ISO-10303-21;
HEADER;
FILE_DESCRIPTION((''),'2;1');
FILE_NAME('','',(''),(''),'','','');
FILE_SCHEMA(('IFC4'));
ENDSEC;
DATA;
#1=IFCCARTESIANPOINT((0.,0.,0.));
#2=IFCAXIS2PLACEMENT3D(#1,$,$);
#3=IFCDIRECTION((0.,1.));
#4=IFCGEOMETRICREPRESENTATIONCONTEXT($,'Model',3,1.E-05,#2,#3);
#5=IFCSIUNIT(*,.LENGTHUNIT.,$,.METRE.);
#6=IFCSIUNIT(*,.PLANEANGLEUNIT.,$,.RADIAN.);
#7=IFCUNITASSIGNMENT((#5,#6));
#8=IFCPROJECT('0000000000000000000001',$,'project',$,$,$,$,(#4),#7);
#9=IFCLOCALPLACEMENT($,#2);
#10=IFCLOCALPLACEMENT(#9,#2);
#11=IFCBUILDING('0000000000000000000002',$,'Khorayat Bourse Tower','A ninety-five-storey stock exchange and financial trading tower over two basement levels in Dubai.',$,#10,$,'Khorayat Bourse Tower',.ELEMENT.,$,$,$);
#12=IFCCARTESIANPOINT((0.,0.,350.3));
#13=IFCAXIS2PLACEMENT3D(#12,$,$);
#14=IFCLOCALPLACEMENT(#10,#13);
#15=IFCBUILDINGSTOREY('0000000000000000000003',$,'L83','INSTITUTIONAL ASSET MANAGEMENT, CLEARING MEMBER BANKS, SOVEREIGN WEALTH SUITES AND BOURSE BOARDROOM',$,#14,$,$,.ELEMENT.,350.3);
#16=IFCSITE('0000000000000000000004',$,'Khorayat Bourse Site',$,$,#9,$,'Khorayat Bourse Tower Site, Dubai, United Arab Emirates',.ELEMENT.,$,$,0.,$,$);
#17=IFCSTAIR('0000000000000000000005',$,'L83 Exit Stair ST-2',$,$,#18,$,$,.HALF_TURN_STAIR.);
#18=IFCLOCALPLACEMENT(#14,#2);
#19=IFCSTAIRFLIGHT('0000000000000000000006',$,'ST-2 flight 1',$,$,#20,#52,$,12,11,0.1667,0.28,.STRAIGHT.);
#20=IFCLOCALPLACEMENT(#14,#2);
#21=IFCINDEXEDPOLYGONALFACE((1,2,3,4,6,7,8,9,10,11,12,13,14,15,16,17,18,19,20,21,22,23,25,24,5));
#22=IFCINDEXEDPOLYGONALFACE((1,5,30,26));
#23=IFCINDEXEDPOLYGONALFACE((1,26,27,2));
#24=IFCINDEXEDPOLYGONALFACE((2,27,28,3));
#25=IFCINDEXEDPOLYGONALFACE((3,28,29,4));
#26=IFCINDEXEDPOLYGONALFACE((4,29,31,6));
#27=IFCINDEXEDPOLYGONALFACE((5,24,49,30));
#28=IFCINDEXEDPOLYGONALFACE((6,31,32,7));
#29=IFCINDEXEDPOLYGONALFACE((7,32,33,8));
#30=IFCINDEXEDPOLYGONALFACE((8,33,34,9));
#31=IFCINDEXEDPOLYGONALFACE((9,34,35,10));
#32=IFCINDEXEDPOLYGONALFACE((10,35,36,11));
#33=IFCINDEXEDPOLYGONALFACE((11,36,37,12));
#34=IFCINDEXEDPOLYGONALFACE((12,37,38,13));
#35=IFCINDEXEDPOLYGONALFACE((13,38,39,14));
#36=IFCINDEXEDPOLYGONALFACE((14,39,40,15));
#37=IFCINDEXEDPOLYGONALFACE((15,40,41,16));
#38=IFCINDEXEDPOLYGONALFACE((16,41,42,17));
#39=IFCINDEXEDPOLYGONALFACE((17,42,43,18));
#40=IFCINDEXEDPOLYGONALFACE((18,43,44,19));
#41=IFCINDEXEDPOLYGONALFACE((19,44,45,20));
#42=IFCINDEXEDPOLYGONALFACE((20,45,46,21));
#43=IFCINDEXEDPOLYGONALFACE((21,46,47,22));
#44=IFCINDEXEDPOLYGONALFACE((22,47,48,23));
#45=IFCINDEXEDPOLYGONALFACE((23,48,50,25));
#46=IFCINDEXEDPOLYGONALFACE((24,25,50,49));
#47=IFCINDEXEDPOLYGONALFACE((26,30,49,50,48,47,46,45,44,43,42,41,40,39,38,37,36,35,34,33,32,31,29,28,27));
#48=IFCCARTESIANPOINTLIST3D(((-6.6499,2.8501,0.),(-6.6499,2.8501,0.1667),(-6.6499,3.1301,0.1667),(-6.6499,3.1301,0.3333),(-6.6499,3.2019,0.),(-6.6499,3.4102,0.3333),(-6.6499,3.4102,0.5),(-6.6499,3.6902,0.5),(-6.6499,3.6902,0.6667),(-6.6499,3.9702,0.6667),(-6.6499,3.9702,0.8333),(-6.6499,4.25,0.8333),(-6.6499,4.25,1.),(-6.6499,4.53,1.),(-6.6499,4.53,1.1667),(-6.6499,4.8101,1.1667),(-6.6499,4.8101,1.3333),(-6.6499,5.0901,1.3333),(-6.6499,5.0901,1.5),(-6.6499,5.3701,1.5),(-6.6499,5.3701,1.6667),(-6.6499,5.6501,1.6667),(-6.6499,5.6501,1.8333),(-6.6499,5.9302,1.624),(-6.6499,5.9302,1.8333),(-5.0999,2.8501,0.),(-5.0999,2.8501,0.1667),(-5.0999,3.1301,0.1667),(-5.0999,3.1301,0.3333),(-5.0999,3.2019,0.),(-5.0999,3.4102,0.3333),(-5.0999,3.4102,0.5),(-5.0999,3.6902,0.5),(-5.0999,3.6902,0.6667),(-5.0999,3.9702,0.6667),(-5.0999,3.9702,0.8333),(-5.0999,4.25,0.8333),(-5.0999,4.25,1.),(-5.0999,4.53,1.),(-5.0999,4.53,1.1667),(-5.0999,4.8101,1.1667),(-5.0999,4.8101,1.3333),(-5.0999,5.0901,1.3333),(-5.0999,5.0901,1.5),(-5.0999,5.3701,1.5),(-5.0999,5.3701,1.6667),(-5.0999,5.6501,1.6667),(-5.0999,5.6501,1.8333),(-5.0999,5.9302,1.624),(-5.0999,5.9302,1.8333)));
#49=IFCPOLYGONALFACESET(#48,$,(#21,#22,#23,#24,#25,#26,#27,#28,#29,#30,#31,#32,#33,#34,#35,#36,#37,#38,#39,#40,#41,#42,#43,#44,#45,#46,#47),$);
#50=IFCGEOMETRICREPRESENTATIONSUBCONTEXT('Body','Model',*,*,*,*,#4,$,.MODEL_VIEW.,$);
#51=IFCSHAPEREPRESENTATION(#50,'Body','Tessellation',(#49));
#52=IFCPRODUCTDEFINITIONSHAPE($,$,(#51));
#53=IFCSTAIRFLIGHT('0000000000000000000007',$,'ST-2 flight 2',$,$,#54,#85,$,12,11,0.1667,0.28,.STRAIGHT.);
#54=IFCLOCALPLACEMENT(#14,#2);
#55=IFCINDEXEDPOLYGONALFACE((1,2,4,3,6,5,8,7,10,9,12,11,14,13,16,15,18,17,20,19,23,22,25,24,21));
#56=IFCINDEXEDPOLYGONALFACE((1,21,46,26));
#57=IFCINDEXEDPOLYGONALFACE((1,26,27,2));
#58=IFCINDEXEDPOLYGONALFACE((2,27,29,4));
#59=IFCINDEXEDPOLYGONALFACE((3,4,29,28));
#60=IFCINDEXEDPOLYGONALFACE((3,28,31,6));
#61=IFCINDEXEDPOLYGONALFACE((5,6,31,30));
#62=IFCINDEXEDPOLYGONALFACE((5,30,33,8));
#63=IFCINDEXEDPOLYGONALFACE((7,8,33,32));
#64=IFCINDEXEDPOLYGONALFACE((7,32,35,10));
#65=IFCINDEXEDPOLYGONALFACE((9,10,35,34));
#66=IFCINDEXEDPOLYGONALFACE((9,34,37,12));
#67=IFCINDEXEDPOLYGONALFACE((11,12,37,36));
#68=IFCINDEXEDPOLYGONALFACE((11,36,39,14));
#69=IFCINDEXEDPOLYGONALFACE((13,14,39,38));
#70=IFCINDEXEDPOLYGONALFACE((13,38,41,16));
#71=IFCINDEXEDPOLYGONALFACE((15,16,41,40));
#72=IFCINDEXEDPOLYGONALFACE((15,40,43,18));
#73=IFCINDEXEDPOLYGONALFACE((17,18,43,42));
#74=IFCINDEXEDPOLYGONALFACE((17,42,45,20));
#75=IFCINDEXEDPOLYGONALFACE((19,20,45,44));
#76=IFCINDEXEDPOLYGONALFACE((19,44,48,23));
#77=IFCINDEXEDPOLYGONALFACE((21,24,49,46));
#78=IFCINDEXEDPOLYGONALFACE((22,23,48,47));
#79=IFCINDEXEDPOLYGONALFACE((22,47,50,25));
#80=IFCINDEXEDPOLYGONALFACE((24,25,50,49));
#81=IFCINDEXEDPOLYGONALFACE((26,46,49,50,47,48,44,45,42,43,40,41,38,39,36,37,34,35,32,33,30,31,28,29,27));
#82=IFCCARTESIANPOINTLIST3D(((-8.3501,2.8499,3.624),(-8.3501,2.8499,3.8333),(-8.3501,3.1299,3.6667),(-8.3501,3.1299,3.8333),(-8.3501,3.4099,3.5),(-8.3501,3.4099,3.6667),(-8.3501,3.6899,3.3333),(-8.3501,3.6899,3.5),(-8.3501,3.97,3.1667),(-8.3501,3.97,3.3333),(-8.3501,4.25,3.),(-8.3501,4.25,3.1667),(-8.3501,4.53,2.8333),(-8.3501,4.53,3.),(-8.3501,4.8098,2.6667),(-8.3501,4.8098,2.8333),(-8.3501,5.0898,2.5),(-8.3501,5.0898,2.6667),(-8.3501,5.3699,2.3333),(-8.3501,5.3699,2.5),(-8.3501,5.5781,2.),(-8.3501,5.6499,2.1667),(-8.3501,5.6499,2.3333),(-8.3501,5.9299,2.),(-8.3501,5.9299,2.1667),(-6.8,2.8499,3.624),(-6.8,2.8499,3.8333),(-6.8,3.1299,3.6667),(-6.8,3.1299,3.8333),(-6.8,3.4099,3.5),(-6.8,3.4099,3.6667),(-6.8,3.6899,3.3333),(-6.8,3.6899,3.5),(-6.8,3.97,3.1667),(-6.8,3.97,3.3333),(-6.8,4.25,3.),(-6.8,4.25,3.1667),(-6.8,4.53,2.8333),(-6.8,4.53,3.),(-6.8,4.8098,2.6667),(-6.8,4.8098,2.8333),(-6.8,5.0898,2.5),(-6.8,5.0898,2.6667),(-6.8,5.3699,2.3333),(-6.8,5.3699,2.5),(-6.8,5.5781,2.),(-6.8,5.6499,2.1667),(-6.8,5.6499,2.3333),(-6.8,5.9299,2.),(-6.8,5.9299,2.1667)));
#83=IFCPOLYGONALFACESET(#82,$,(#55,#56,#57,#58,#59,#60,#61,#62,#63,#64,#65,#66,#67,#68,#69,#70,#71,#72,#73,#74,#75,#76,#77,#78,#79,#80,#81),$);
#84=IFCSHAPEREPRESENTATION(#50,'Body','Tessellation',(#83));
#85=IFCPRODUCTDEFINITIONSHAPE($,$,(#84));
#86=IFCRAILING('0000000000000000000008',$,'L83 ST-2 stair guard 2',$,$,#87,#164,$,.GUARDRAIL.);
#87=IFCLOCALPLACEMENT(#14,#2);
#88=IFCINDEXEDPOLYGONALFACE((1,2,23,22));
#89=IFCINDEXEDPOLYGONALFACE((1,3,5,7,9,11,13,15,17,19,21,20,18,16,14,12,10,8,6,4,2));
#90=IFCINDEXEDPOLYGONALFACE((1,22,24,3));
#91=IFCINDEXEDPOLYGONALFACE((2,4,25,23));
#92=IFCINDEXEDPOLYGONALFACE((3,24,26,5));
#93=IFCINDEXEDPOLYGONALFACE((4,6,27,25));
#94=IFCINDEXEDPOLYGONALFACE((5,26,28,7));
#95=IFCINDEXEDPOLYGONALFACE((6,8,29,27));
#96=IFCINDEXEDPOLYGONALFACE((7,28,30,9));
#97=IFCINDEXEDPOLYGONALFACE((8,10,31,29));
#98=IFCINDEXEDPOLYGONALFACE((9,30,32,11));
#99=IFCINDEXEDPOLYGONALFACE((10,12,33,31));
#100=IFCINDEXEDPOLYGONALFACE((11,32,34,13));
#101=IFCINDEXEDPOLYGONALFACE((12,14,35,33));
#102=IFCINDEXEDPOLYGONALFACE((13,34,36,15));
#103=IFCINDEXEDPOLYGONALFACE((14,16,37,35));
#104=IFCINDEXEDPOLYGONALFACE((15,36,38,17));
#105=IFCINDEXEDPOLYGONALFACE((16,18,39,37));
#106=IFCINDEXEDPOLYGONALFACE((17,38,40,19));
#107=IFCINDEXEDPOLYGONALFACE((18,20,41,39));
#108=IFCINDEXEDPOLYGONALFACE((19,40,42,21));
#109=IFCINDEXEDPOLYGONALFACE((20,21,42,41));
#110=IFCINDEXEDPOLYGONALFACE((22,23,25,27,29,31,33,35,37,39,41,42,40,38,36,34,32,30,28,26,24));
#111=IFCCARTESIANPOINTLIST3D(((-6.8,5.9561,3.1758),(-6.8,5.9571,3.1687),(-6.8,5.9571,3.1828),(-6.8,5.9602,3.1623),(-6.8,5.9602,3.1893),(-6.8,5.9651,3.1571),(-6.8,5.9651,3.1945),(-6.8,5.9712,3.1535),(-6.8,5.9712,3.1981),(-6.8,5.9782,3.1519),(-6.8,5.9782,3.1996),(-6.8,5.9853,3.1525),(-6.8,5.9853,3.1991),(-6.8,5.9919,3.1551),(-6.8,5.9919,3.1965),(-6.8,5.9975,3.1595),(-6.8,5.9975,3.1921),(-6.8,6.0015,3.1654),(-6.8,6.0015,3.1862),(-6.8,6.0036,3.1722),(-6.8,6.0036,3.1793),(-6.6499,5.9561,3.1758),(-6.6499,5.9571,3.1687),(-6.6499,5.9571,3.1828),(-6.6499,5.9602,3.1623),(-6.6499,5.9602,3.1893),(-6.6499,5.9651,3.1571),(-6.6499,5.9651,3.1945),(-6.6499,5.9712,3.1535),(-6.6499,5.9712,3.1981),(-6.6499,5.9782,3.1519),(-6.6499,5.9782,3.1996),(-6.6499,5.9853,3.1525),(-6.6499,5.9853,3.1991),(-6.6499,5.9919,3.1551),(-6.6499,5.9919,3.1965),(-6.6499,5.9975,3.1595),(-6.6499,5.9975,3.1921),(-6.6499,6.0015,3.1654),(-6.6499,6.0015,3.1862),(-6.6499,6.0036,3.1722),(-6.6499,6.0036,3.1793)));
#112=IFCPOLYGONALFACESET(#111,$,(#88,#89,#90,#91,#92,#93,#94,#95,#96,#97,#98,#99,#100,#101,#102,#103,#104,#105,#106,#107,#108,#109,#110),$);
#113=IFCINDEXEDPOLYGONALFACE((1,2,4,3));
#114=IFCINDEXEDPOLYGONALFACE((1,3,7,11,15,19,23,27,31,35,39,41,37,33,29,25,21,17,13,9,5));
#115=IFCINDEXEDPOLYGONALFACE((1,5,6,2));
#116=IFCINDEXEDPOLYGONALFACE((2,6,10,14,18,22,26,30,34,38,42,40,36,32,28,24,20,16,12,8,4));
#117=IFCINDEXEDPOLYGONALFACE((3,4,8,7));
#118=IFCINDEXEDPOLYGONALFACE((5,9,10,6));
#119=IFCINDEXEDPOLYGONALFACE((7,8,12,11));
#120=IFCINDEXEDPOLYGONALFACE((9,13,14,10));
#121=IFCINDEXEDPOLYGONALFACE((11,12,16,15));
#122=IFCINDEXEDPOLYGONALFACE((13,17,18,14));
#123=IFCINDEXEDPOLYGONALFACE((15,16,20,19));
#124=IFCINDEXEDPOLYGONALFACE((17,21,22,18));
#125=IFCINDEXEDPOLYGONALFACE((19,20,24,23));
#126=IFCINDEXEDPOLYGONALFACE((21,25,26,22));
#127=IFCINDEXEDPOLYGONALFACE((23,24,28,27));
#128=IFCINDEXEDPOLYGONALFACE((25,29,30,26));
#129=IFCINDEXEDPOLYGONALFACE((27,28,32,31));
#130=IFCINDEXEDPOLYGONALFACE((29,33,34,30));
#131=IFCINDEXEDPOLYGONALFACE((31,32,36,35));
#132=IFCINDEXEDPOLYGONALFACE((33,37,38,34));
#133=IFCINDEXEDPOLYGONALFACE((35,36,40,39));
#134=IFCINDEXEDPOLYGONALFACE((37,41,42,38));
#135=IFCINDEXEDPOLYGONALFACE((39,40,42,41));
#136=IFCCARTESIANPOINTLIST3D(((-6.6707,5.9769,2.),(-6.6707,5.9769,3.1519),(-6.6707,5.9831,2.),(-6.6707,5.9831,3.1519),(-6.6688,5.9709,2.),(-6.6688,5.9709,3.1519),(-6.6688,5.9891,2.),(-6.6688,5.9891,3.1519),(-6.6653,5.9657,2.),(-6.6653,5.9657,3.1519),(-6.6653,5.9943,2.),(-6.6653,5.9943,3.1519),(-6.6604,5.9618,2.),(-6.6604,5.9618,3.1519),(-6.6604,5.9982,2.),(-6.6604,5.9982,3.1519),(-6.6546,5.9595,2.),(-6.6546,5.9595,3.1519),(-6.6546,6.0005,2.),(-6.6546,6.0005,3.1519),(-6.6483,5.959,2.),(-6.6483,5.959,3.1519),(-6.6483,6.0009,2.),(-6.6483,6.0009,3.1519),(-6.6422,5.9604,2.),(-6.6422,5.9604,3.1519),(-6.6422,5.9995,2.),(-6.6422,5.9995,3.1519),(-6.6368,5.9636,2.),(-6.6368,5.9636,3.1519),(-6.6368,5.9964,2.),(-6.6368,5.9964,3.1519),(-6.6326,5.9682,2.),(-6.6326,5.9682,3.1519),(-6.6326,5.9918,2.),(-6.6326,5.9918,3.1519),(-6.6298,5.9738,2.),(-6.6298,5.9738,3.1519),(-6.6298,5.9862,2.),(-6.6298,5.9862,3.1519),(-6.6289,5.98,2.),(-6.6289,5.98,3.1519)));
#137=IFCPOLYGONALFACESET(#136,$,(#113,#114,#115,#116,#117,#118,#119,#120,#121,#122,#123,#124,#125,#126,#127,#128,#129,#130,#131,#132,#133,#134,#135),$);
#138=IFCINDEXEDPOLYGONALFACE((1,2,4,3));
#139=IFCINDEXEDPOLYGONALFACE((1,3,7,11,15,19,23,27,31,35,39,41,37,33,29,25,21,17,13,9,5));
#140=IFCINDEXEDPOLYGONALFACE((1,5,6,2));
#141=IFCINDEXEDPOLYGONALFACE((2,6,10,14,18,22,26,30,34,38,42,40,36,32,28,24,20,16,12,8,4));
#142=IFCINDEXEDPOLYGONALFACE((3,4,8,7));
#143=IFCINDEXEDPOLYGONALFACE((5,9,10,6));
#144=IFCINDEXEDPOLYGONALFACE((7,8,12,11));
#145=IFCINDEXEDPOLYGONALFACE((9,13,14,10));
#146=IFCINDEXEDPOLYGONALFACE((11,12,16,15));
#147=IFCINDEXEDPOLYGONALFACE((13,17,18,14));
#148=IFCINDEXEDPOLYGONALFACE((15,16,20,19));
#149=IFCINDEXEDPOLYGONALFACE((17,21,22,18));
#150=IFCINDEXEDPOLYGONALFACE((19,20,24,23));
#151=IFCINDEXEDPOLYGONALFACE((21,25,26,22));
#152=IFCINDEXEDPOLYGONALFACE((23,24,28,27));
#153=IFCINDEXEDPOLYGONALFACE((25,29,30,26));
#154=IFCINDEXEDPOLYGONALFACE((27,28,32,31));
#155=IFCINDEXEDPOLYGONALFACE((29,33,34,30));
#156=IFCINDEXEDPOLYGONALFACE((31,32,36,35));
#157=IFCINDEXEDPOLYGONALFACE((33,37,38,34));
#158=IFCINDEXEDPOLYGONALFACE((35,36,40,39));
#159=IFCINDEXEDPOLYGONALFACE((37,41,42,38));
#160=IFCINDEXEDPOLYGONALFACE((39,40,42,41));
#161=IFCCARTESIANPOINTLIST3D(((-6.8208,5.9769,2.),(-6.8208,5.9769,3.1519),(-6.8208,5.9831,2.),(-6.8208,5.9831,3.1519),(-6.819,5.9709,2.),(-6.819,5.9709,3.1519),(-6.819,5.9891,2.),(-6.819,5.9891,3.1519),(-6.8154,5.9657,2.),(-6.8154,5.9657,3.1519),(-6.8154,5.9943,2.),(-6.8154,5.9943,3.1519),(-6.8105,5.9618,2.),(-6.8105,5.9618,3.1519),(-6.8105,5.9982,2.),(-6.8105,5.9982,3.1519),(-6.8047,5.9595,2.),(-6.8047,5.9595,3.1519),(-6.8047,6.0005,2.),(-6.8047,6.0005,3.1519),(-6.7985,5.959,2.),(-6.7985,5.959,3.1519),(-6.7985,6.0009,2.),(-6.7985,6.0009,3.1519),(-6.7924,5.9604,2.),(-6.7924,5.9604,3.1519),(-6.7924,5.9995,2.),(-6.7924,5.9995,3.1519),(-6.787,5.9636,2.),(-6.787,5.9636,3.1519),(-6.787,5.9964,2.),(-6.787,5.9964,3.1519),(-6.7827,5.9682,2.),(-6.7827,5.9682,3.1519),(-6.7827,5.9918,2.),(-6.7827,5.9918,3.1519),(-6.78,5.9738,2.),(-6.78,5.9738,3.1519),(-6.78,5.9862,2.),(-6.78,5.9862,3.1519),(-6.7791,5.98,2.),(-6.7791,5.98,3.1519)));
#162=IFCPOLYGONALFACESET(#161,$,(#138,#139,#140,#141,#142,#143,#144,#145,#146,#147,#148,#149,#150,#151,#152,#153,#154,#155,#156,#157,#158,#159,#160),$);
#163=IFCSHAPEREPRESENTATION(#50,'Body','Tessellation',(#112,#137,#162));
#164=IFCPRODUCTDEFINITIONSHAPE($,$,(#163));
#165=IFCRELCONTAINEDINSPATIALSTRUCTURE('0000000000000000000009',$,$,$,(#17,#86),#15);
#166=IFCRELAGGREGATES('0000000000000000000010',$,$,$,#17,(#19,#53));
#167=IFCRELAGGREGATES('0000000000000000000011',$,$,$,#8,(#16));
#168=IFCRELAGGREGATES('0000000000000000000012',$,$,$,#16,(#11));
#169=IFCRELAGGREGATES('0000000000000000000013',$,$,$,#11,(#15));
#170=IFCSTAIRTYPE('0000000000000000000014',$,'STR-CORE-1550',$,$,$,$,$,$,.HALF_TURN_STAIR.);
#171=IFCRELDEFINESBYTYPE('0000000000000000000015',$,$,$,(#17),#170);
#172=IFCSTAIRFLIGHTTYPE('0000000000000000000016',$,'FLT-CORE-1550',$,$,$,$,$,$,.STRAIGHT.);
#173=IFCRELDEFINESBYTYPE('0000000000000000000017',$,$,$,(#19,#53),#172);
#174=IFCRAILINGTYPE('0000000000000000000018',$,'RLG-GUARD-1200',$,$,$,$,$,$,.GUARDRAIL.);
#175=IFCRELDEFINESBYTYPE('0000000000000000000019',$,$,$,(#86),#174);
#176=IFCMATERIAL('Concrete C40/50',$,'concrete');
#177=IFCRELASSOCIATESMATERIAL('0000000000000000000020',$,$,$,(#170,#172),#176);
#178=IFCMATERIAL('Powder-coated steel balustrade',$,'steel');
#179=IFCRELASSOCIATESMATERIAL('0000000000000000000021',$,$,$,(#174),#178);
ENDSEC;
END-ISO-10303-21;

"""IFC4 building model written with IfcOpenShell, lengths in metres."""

from ifc_helpers import new_model, si_unit, direction, frame, origin, origin_2d, place, context, subcontext, project, spatial, polyline, circle, outline, extrude, source, transform, mapped, material, type_object, element, aggregate, save


model = new_model("IFC4")

# Units and contexts
model_context = context("Model", 3, precision=1e-05, world=origin(), true_north=direction((0.0, 1.0)))
body_context = subcontext(model_context, "Body", "Model", "MODEL_VIEW")
ifc_project = project(units=[si_unit("LENGTHUNIT", "METRE"), si_unit("PLANEANGLEUNIT", "RADIAN")], contexts=[model_context])

# Site, building, storey
site_placement = place(None, origin())
site = spatial("IfcSite", under=ifc_project, at=site_placement, Name="Khorayat Bourse Site", LongName="Khorayat Bourse Tower Site, Dubai, United Arab Emirates", CompositionType="ELEMENT", RefElevation=0.0)
building_placement = place(site_placement, origin())
building = spatial("IfcBuilding", under=site, at=building_placement, Name="Khorayat Bourse Tower", Description="A ninety-five-storey stock exchange and financial trading tower over two basement levels in Dubai.", LongName="Khorayat Bourse Tower", CompositionType="ELEMENT")
storey_placement = place(building_placement, frame((0.0, 0.0, 350.3)))
storey = spatial("IfcBuildingStorey", under=building, at=storey_placement, Name="L83", Description="INSTITUTIONAL ASSET MANAGEMENT, CLEARING MEMBER BANKS, SOVEREIGN WEALTH SUITES AND BOURSE BOARDROOM", CompositionType="ELEMENT", Elevation=350.3)

# Stair, stair flights
ifc_material_1 = material(Name="Concrete C40/50", Category="concrete")
stair_type = type_object("IfcStairType", Name="STR-CORE-1550", PredefinedType="HALF_TURN_STAIR", material=ifc_material_1)
stair_placement = place(storey_placement, origin())
stair = element("IfcStair", 1, at=stair_placement, inside=storey, type_object=stair_type, Name="L83 Exit Stair ST-2", PredefinedType="HALF_TURN_STAIR")
stair_flight_type = type_object("IfcStairFlightType", Name="FLT-CORE-1550", PredefinedType="STRAIGHT", material=ifc_material_1)
shared_shape_1 = source(origin(), body_context, "Body", "SweptSolid", [
    extrude(outline(polyline([(0.0, 0.0), (0.0, 0.1667), (0.28, 0.1667), (0.28, 0.3333), (0.5601, 0.3333), (0.5601, 0.5), (0.8401, 0.5), (0.8401, 0.6667), (1.1201, 0.6667), (1.1201, 0.8333), (1.3999, 0.8333), (1.3999, 1.0), (1.6799, 1.0), (1.6799, 1.1667), (1.96, 1.1667), (1.96, 1.3333), (2.24, 1.3333), (2.24, 1.5), (2.52, 1.5), (2.52, 1.6667), (2.8, 1.6667), (2.8, 1.8333), (3.0801, 1.8333), (3.0801, 2.0), (3.0801, 1.624), (0.3518, 0.0), (0.0, 0.0)])), frame((0.0, 0.7749, 0.0), z_axis=(0.0, -1.0, 0.0), x_axis=(1.0, 0.0, 0.0)), (0.0, 0.0, 1.0), 1.55),
])
stair_flight_1_placement = place(storey_placement, frame((-5.875, 2.8501, 0.0), z_axis=(0.0, 0.0, 1.0), x_axis=(0.0, 1.0, 0.0)))
stair_flight_1 = element("IfcStairFlight", 2, at=stair_flight_1_placement, type_object=stair_flight_type, Name="ST-2 flight 1", NumberOfRisers=12, NumberOfTreads=11, PredefinedType="STRAIGHT", RiserHeight=0.1667, TreadLength=0.28, context=body_context, shape_type="MappedRepresentation", body=[
    mapped(shared_shape_1, transform((0.0, 0.0, 0.0), scale=1.0)),
])
stair_flight_2_placement = place(storey_placement, frame((-7.575, 5.9299, 2.0), z_axis=(0.0, 0.0, 1.0), x_axis=(0.0, -1.0, 0.0)))
stair_flight_2 = element("IfcStairFlight", 3, at=stair_flight_2_placement, type_object=stair_flight_type, Name="ST-2 flight 2", NumberOfRisers=12, NumberOfTreads=11, PredefinedType="STRAIGHT", RiserHeight=0.1667, TreadLength=0.28, context=body_context, shape_type="MappedRepresentation", body=[
    mapped(shared_shape_1, transform((0.0, 0.0, 0.0), scale=1.0)),
])
aggregate(stair, [stair_flight_1, stair_flight_2])

# Railing
ifc_material_2 = material(Name="Powder-coated steel balustrade", Category="steel")
railing_type_1 = type_object("IfcRailingType", Name="RLG-GUARD-1200", PredefinedType="GUARDRAIL", material=ifc_material_2)
shared_shape_2 = source(origin(), body_context, "Body", "SweptSolid", [
    extrude(circle(Radius=0.0239, at=origin_2d()), frame((0.0, 0.0, 1.1758), z_axis=(-1.0, 0.0, 0.0), x_axis=(0.0, -1.0, 0.0)), (0.0, 0.0, 1.0), 0.1501),
    extrude(circle(Radius=0.021, at=origin_2d()), origin(), (0.0, 0.0, 1.0), 1.1519),
    extrude(circle(Radius=0.021, at=origin_2d()), frame((-0.1501, 0.0, 0.0)), (0.0, 0.0, 1.0), 1.1519),
])
for number, where, name in (
    (4, (-6.6499, 5.98, 2.0), "L83 ST-2 stair guard 2"),
):
    element("IfcRailing", number, at=place(storey_placement, frame(where)), inside=storey, type_object=railing_type_1, Name=name, PredefinedType="GUARDRAIL", context=body_context, shape_type="MappedRepresentation", body=[
        mapped(shared_shape_2, transform((0.0, 0.0, 0.0), scale=1.0)),
    ])

save(model, "model.ifc")
